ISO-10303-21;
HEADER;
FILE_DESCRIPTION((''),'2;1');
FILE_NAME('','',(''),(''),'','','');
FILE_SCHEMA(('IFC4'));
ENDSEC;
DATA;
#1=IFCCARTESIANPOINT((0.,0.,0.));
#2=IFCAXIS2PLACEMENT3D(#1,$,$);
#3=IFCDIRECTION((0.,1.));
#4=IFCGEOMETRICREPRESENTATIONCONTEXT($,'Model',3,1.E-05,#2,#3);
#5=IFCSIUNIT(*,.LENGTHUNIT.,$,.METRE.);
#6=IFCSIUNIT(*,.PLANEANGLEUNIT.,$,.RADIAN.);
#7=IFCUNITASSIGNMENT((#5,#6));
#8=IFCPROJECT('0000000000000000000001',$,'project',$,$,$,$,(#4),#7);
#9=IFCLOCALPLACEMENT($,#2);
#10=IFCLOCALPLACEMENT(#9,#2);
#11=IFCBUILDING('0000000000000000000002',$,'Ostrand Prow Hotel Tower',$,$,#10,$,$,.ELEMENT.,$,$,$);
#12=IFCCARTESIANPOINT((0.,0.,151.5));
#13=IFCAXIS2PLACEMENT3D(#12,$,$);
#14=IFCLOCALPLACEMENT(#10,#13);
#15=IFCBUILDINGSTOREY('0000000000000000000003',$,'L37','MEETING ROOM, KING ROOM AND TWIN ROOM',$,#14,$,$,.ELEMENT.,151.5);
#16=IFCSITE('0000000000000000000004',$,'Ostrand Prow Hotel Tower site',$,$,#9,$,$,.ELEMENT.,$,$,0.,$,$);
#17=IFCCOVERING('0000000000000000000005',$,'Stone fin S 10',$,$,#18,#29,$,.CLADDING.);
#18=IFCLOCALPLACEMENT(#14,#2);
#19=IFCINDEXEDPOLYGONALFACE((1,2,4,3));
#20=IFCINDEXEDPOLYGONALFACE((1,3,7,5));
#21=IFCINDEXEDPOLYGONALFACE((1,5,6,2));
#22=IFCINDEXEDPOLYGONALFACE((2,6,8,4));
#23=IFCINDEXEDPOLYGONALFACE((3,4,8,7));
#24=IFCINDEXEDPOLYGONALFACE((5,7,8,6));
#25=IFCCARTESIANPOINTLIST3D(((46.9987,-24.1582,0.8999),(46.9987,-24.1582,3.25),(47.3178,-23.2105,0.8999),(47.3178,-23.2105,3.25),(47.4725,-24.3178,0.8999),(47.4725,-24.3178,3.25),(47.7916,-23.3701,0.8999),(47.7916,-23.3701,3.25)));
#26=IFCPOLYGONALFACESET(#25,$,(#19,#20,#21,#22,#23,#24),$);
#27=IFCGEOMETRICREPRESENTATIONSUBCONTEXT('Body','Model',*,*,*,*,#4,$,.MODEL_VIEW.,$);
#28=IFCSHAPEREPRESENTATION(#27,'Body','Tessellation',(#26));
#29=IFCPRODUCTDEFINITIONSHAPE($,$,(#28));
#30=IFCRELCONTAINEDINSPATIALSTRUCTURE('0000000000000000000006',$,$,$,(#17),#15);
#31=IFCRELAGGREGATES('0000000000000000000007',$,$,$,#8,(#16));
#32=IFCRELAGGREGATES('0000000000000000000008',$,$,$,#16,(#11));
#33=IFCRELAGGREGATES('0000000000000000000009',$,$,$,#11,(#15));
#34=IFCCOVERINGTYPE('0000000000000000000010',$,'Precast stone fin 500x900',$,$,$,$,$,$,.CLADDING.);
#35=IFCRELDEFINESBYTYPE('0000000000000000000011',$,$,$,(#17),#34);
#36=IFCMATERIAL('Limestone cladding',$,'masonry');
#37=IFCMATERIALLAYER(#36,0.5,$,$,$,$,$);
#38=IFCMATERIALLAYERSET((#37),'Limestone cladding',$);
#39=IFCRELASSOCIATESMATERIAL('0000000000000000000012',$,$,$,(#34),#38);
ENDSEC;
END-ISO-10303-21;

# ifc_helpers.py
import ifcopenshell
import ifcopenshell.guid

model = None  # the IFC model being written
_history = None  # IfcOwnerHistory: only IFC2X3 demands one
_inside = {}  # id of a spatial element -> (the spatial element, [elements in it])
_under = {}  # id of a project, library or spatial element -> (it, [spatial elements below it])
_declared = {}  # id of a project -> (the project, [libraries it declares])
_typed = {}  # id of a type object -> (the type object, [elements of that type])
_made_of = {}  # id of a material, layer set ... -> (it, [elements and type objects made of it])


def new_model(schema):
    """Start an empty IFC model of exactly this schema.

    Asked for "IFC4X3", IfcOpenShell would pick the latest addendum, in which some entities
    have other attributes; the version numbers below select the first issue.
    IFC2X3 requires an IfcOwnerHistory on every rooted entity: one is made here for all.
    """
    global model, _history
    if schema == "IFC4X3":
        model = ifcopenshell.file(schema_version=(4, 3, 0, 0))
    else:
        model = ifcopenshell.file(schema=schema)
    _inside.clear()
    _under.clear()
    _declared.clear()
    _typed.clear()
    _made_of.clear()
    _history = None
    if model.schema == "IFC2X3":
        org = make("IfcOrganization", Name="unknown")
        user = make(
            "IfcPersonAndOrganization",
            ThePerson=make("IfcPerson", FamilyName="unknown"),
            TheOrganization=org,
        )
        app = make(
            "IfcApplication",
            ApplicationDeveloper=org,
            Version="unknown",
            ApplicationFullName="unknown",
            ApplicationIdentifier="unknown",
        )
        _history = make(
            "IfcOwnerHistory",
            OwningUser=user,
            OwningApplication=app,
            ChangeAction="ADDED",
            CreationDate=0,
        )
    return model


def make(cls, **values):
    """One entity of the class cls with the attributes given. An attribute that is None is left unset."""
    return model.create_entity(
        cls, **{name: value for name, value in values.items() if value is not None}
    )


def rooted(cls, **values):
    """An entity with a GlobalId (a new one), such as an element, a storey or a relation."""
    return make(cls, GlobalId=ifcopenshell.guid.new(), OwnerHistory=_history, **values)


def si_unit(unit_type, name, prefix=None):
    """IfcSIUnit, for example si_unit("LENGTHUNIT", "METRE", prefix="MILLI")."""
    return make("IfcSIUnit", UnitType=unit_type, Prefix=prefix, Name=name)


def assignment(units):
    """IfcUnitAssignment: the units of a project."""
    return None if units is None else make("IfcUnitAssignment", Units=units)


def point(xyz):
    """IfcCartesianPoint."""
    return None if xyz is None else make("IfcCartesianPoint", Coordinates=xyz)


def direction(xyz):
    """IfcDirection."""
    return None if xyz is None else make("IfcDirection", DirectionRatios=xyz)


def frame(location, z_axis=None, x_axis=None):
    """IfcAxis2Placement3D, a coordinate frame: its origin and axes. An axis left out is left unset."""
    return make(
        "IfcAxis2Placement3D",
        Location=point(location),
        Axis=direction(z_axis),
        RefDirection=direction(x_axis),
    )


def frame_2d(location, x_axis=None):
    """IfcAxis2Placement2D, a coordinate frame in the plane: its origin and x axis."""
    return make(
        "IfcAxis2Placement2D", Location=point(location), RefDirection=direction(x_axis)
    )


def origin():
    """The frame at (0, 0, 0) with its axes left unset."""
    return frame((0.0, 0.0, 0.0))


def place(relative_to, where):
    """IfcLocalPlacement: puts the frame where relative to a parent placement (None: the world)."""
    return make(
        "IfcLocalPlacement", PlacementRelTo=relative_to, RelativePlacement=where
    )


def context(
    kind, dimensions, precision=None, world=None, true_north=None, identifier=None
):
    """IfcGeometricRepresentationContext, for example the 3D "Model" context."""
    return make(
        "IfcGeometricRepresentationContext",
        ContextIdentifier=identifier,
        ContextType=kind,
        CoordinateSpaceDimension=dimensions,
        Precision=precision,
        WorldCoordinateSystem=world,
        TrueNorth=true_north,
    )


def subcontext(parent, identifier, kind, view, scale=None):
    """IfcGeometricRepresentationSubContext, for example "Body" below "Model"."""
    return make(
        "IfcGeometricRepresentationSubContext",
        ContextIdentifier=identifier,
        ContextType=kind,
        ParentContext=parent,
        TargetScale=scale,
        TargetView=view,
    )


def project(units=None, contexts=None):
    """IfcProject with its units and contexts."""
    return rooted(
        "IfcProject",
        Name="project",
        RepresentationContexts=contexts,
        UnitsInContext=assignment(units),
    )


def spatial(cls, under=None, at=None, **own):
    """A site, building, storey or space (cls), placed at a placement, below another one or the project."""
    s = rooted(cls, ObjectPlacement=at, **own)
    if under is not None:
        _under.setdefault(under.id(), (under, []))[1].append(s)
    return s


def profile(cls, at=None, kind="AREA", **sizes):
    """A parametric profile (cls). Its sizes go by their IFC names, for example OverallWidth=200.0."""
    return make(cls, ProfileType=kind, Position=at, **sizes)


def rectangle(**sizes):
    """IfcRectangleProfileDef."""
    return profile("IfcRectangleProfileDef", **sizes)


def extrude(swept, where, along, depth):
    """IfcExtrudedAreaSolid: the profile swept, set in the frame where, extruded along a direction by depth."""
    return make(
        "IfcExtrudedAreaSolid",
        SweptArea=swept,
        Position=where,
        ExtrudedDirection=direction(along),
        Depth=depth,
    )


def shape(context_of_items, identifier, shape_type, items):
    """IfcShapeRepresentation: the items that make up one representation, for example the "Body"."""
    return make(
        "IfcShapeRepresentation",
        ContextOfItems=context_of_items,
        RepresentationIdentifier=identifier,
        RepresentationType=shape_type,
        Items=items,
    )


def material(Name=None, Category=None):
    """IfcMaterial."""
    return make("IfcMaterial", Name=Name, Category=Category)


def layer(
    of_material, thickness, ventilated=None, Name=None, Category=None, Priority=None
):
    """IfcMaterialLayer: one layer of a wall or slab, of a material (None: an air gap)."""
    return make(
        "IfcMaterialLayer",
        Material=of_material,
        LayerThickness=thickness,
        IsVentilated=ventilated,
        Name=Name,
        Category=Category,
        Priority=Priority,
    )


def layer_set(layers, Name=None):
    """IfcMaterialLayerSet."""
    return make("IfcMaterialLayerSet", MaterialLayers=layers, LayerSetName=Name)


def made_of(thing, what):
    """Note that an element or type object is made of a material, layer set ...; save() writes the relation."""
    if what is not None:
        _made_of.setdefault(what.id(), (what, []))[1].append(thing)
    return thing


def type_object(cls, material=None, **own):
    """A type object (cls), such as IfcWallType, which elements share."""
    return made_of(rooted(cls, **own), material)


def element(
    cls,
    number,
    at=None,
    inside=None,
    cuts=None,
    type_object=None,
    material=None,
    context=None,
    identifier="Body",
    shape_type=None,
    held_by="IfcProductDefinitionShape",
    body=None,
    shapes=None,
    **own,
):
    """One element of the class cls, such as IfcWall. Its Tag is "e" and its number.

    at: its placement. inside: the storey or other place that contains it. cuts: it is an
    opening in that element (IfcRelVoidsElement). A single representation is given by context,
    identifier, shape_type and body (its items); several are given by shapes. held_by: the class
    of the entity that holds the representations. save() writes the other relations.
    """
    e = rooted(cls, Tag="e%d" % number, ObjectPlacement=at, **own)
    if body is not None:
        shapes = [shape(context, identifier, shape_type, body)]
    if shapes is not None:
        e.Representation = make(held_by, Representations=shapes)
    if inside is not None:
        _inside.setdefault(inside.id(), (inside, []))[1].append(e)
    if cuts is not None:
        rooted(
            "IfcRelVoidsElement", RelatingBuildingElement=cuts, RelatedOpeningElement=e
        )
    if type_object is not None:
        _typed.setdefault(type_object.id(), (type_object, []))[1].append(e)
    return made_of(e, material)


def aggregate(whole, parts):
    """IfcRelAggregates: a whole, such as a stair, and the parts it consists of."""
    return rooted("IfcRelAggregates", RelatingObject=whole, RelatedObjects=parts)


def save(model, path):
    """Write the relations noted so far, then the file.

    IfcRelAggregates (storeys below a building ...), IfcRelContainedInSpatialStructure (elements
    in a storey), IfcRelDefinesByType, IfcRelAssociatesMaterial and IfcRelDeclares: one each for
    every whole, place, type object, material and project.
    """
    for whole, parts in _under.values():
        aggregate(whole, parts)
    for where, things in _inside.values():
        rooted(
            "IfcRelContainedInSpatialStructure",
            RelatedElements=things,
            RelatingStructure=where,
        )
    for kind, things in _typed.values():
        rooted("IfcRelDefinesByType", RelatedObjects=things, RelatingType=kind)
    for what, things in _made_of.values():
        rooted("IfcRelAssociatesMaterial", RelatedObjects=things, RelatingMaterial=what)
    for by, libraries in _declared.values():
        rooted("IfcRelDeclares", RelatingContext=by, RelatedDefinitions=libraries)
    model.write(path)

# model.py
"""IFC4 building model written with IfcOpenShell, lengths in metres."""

from ifc_helpers import new_model, si_unit, direction, frame, frame_2d, origin, place, context, subcontext, project, spatial, rectangle, extrude, material, layer, layer_set, type_object, element, save


model = new_model("IFC4")

# Units and contexts
model_context = context("Model", 3, precision=1e-05, world=origin(), true_north=direction((0.0, 1.0)))
body_context = subcontext(model_context, "Body", "Model", "MODEL_VIEW")
ifc_project = project(units=[si_unit("LENGTHUNIT", "METRE"), si_unit("PLANEANGLEUNIT", "RADIAN")], contexts=[model_context])

# Site, building, storey
site_placement = place(None, origin())
site = spatial("IfcSite", under=ifc_project, at=site_placement, Name="Ostrand Prow Hotel Tower site", CompositionType="ELEMENT", RefElevation=0.0)
building_placement = place(site_placement, origin())
building = spatial("IfcBuilding", under=site, at=building_placement, Name="Ostrand Prow Hotel Tower", CompositionType="ELEMENT")
storey_placement = place(building_placement, frame((0.0, 0.0, 151.5)))
storey = spatial("IfcBuildingStorey", under=building, at=storey_placement, Name="L37", Description="MEETING ROOM, KING ROOM AND TWIN ROOM", CompositionType="ELEMENT", Elevation=151.5)

# Covering
ifc_material_1 = material(Name="Limestone cladding", Category="masonry")
ifc_layer_1 = layer(ifc_material_1, 0.5)
ifc_layer_set_1 = layer_set([ifc_layer_1], Name="Limestone cladding")
covering_type = type_object("IfcCoveringType", Name="Precast stone fin 500x900", PredefinedType="CLADDING", material=ifc_layer_set_1)
covering_placement = place(storey_placement, frame((47.5547, -23.2903, 0.8999), z_axis=(0.0, 0.0, 1.0), x_axis=(-0.319083, -0.947727, 0.0)))
element("IfcCovering", 1, at=covering_placement, inside=storey, type_object=covering_type, Name="Stone fin S 10", PredefinedType="CLADDING", context=body_context, shape_type="SweptSolid", body=[
    extrude(rectangle(XDim=1.0, YDim=0.5, at=frame_2d((0.5, 0.0))), origin(), (0.0, 0.0, 1.0), 2.3501),
])

save(model, "model.ifc")
